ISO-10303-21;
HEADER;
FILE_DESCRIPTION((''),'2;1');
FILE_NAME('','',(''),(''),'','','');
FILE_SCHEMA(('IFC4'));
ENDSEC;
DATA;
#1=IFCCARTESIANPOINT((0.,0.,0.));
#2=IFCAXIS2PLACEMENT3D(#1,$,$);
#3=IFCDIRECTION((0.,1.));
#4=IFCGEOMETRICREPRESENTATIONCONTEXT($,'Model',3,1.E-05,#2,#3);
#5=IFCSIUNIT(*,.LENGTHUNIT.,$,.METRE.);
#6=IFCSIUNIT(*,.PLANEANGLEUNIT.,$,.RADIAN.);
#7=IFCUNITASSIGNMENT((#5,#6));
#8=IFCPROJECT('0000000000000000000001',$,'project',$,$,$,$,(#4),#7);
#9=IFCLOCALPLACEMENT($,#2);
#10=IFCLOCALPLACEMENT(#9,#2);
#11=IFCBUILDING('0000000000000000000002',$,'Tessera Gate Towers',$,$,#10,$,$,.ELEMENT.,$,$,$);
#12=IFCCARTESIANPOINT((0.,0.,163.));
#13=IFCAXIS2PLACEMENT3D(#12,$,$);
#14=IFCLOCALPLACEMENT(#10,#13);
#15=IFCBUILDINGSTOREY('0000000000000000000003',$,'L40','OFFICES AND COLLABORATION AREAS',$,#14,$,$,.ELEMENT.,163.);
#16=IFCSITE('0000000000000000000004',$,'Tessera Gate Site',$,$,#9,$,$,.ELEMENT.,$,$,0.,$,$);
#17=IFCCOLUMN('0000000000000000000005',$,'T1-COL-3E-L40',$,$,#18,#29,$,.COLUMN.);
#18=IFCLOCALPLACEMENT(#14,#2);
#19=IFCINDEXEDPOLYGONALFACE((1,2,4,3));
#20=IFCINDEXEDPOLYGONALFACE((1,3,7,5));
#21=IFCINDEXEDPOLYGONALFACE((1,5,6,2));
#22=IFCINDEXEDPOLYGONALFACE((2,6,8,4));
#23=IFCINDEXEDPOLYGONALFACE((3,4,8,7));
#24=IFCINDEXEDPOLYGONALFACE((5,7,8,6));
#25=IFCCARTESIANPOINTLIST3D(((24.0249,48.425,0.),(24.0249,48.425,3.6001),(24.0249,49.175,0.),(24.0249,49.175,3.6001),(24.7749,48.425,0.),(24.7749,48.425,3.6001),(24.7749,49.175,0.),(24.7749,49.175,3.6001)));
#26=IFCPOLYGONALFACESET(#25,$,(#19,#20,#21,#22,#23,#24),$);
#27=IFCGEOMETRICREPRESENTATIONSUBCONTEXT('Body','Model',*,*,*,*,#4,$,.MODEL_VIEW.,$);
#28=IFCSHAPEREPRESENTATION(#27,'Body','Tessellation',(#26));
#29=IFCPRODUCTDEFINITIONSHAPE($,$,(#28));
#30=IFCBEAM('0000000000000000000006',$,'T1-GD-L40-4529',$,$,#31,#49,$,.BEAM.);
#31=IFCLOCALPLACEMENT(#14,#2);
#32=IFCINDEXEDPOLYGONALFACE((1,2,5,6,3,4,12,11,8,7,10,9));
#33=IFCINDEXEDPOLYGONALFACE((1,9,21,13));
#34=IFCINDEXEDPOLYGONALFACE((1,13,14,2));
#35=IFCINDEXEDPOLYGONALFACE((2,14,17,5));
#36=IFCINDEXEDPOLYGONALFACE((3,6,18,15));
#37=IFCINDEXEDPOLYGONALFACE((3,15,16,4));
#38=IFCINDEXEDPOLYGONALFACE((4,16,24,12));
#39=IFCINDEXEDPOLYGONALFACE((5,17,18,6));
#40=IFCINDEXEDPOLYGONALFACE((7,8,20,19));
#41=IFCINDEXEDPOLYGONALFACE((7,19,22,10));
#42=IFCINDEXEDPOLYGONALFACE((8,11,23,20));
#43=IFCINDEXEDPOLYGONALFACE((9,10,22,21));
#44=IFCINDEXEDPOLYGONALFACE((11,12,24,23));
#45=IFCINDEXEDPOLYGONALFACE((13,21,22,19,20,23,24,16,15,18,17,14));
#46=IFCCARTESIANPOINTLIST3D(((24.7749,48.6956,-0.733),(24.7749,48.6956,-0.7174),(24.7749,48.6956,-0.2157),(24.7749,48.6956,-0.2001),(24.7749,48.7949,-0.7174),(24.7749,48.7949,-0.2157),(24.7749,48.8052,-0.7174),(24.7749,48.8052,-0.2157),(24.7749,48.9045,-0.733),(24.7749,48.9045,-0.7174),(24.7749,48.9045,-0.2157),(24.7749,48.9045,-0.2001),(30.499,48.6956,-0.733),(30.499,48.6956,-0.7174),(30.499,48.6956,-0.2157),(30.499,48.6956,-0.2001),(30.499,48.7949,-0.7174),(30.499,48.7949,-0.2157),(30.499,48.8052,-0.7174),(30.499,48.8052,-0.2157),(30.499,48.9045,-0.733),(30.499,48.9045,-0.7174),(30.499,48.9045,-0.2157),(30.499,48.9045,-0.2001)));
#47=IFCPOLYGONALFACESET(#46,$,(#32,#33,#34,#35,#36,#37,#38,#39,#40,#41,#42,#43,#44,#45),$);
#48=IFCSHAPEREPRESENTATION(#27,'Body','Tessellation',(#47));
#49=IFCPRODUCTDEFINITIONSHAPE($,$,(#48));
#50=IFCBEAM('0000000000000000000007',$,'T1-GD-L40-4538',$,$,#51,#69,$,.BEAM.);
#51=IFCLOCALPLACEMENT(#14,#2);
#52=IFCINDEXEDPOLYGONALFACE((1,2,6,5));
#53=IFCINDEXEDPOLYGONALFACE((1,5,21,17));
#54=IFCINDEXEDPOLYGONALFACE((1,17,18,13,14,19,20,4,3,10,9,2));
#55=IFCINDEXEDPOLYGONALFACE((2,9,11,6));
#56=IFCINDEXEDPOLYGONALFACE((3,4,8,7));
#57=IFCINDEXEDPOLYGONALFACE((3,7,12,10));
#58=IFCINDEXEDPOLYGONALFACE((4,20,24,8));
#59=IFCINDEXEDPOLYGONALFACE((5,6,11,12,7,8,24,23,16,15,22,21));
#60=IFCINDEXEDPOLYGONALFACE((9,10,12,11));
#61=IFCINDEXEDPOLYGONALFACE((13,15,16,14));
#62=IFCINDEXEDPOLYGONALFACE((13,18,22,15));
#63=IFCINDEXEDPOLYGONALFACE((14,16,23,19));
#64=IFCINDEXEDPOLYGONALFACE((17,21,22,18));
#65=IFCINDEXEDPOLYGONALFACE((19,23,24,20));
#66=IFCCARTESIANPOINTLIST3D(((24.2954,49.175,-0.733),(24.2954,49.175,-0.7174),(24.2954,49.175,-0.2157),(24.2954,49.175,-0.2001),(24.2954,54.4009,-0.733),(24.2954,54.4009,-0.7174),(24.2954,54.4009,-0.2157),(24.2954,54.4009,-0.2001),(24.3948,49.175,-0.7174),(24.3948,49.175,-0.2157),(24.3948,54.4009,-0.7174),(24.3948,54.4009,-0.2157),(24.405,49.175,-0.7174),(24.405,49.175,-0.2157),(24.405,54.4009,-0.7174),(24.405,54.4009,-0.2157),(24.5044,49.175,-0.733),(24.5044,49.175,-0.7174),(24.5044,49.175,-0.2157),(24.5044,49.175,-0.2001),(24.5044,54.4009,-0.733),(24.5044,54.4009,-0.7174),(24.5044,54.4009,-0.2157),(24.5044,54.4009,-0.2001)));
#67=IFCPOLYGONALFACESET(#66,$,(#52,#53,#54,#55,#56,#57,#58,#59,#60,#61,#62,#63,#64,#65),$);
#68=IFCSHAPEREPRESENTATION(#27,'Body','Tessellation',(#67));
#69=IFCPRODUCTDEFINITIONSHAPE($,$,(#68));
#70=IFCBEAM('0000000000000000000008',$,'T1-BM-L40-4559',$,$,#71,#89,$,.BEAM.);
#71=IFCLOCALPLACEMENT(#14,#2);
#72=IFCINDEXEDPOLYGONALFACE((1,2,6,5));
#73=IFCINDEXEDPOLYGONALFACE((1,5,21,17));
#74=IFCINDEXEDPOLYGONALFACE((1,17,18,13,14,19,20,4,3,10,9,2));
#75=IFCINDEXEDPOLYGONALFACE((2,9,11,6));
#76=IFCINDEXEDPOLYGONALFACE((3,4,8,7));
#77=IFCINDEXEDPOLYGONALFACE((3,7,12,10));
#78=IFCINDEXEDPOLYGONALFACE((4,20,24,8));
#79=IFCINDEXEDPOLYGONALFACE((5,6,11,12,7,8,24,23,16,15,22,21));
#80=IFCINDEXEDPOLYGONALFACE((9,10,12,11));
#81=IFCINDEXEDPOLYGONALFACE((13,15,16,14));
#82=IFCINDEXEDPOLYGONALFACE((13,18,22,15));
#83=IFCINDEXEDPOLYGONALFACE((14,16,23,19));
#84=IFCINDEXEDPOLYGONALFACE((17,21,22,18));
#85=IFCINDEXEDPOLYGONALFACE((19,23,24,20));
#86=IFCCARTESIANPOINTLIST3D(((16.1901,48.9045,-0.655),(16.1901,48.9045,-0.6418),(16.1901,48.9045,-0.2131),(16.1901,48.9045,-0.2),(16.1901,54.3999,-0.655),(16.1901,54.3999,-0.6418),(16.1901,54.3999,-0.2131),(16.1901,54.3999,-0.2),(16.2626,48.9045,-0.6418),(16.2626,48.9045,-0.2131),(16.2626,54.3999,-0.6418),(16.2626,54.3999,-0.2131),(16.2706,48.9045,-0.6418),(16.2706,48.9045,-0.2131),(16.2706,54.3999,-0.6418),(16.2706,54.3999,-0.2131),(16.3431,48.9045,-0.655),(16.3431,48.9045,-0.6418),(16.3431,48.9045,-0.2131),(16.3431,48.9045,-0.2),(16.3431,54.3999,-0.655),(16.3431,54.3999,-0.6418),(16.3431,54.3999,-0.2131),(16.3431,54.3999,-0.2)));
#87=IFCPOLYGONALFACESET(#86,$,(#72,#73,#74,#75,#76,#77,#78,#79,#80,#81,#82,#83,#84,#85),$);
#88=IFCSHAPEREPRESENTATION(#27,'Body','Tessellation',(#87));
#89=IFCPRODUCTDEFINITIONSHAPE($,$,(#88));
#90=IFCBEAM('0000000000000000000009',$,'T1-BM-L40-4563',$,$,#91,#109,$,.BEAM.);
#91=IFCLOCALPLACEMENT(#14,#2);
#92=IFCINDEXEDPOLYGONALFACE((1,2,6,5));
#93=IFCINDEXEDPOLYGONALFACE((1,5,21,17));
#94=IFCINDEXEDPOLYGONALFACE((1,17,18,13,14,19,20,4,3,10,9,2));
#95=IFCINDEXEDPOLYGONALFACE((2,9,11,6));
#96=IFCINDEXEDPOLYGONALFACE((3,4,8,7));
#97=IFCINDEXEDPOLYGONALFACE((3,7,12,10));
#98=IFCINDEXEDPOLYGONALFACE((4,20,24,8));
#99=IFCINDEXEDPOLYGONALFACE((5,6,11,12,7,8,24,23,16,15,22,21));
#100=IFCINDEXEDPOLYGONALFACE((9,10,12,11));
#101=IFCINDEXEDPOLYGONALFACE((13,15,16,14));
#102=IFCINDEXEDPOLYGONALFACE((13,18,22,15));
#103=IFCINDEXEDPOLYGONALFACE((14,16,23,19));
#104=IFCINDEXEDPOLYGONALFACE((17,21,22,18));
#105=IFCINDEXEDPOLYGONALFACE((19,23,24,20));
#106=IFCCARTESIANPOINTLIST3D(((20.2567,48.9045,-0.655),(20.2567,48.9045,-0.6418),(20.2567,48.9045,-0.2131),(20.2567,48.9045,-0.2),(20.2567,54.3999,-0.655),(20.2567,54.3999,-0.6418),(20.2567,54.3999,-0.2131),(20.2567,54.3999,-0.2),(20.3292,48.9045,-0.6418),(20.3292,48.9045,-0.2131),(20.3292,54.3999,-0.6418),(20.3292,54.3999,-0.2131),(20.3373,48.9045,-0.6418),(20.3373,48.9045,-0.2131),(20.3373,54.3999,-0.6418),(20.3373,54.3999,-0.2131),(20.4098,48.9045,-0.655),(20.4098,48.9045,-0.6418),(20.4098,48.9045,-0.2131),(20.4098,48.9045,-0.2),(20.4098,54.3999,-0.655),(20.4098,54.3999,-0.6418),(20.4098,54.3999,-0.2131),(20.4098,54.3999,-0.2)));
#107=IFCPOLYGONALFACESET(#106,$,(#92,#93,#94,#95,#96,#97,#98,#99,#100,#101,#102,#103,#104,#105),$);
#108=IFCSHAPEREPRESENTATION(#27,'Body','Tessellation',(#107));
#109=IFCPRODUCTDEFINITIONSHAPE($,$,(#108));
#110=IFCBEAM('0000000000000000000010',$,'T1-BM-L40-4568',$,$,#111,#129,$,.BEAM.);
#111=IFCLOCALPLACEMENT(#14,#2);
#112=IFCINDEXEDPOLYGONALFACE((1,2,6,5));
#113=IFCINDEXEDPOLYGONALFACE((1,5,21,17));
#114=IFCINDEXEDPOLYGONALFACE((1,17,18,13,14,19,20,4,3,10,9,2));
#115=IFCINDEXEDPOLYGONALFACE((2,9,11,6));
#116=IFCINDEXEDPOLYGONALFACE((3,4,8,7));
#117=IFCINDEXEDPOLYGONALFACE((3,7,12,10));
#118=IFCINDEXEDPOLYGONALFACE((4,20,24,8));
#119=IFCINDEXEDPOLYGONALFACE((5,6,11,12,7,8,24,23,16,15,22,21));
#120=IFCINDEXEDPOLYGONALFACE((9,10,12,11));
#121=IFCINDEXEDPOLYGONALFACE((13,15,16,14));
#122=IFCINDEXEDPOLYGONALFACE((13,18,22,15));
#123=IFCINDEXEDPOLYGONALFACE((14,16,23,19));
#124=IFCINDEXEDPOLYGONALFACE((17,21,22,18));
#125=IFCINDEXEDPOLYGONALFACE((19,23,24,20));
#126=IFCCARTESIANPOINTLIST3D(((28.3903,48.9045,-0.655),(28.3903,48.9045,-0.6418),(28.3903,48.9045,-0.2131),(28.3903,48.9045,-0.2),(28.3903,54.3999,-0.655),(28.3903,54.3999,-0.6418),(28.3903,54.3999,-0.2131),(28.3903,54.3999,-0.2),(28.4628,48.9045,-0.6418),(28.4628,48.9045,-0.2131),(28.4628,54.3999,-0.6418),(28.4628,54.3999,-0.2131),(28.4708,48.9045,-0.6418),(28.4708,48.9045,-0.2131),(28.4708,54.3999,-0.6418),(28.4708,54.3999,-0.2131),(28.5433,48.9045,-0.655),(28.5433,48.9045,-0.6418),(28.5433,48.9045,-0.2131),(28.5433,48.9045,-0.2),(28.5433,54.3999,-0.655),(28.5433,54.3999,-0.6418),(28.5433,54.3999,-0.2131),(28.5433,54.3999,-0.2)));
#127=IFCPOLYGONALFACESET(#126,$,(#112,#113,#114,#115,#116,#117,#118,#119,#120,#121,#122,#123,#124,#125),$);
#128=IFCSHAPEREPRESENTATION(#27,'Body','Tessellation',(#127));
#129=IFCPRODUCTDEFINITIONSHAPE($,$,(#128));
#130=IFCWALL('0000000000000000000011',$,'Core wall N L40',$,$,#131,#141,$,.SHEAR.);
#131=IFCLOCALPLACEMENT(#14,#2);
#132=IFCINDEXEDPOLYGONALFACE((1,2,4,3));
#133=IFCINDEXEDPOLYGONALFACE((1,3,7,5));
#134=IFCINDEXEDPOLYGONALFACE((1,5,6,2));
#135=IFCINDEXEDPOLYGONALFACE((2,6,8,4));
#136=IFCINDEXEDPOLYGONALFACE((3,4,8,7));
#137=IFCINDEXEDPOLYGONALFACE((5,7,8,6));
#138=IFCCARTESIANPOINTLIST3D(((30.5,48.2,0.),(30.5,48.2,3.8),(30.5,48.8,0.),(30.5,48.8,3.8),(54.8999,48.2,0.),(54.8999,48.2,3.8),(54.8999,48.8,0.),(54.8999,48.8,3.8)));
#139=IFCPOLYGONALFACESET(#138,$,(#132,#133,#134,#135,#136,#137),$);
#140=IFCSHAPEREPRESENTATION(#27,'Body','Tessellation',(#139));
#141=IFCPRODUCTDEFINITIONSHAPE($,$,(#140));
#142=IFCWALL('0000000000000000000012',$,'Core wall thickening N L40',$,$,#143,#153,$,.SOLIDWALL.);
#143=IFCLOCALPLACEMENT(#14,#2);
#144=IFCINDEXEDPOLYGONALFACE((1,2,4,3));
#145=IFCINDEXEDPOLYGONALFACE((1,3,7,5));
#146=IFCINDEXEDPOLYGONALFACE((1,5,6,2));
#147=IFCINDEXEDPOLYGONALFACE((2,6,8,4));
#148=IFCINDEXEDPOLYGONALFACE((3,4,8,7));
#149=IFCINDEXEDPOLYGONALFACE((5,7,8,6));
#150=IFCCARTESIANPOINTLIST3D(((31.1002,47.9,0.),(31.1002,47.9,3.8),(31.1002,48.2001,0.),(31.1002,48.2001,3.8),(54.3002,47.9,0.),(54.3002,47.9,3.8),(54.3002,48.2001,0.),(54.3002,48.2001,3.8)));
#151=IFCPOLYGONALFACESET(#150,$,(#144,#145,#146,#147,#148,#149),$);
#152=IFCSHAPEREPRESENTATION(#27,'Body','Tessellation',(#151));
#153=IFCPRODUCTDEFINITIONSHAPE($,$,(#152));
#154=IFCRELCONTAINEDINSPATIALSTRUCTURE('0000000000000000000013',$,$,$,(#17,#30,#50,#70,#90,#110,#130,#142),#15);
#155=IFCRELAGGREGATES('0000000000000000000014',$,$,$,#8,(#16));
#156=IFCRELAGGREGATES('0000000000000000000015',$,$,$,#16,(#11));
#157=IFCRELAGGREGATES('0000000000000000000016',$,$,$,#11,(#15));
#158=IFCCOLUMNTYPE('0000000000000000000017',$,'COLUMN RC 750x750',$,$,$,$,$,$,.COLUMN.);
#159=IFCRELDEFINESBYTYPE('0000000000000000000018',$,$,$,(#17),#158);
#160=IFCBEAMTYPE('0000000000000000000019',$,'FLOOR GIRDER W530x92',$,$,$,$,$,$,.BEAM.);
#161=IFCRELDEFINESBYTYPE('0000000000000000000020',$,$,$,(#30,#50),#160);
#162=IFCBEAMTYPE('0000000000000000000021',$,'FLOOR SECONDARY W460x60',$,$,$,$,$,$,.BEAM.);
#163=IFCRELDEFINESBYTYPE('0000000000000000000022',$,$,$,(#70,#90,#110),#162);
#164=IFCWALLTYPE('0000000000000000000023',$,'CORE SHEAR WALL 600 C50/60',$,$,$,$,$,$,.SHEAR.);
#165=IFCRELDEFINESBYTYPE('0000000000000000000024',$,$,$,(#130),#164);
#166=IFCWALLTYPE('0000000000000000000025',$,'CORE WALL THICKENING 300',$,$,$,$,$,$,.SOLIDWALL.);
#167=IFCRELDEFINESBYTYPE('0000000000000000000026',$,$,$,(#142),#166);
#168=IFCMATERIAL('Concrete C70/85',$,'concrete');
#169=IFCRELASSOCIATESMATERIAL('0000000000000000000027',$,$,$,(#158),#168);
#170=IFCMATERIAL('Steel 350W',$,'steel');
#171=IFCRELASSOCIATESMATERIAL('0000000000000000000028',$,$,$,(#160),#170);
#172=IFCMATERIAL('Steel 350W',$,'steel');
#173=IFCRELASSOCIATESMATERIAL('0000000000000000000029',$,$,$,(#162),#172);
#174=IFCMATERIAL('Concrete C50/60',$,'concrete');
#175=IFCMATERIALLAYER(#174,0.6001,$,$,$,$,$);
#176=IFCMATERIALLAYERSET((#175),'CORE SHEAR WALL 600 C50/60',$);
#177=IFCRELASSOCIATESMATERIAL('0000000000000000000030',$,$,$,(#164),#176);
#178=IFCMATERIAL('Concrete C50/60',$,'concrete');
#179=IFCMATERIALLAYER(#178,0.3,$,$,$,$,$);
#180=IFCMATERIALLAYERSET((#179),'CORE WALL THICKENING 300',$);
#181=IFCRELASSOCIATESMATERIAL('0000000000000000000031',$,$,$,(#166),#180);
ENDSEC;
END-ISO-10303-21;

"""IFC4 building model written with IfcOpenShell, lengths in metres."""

from ifc_helpers import new_model, si_unit, direction, frame, frame_2d, origin, origin_2d, place, context, subcontext, project, spatial, rectangle, i_section, extrude, material, layer, layer_set, material_profile, profile_set, type_object, element, save


model = new_model("IFC4")

# Units and contexts
model_context = context("Model", 3, precision=1e-05, world=origin(), true_north=direction((0.0, 1.0)))
body_context = subcontext(model_context, "Body", "Model", "MODEL_VIEW")
ifc_project = project(units=[si_unit("LENGTHUNIT", "METRE"), si_unit("PLANEANGLEUNIT", "RADIAN")], contexts=[model_context])

# Site, building, storey
site_placement = place(None, origin())
site = spatial("IfcSite", under=ifc_project, at=site_placement, Name="Tessera Gate Site", CompositionType="ELEMENT", RefElevation=0.0)
building_placement = place(site_placement, origin())
building = spatial("IfcBuilding", under=site, at=building_placement, Name="Tessera Gate Towers", CompositionType="ELEMENT")
storey_placement = place(building_placement, frame((0.0, 0.0, 163.0)))
storey = spatial("IfcBuildingStorey", under=building, at=storey_placement, Name="L40", Description="OFFICES AND COLLABORATION AREAS", CompositionType="ELEMENT", Elevation=163.0)

# Column
ifc_material_1 = material(Name="Concrete C70/85", Category="concrete")
ifc_material_profile_1 = material_profile(ifc_material_1, rectangle(XDim=0.75, YDim=0.75, at=origin_2d()), Name="RC 750x750")
ifc_profile_set_1 = profile_set([ifc_material_profile_1], Name="Concrete C70/85")
column_type = type_object("IfcColumnType", Name="COLUMN RC 750x750", PredefinedType="COLUMN", material=ifc_profile_set_1)
column_placement = place(storey_placement, frame((24.3999, 48.8, 0.0), z_axis=(0.0, 0.0, 1.0), x_axis=(1.0, 0.0, 0.0)))
element("IfcColumn", 1, at=column_placement, inside=storey, type_object=column_type, Name="T1-COL-3E-L40", PredefinedType="COLUMN", context=body_context, shape_type="SweptSolid", body=[
    extrude(rectangle(XDim=0.75, YDim=0.75, at=origin_2d()), origin(), (0.0, 0.0, 1.0), 3.6001),
])

# Beams
ifc_material_2 = material(Name="Steel 350W", Category="steel")
ifc_material_profile_2 = material_profile(ifc_material_2, i_section(OverallWidth=0.209, OverallDepth=0.533, WebThickness=0.0103, FlangeThickness=0.0156, at=origin_2d()), Name="W530x92")
ifc_profile_set_2 = profile_set([ifc_material_profile_2], Name="Steel 350W")
beam_type_1 = type_object("IfcBeamType", Name="FLOOR GIRDER W530x92", PredefinedType="BEAM", material=ifc_profile_set_2)
beam_1_placement = place(storey_placement, frame((24.7749, 48.8, -0.4666), z_axis=(1.0, 0.0, 0.0), x_axis=(0.0, 1.0, 0.0)))
element("IfcBeam", 2, at=beam_1_placement, inside=storey, type_object=beam_type_1, Name="T1-GD-L40-4529", PredefinedType="BEAM", context=body_context, shape_type="SweptSolid", body=[
    extrude(i_section(OverallWidth=0.209, OverallDepth=0.533, WebThickness=0.0103, FlangeThickness=0.0156, at=origin_2d()), origin(), (0.0, 0.0, 1.0), 5.7241),
])
beam_2_placement = place(storey_placement, frame((24.3999, 49.175, -0.4666), z_axis=(0.0, 1.0, 0.0), x_axis=(-1.0, 0.0, 0.0)))
element("IfcBeam", 3, at=beam_2_placement, inside=storey, type_object=beam_type_1, Name="T1-GD-L40-4538", PredefinedType="BEAM", context=body_context, shape_type="SweptSolid", body=[
    extrude(i_section(OverallWidth=0.209, OverallDepth=0.533, WebThickness=0.0103, FlangeThickness=0.0156, at=origin_2d()), origin(), (0.0, 0.0, 1.0), 5.2258),
])
ifc_material_3 = material(Name="Steel 350W", Category="steel")
ifc_material_profile_3 = material_profile(ifc_material_3, i_section(OverallWidth=0.1531, OverallDepth=0.4551, WebThickness=0.0081, FlangeThickness=0.0132, at=origin_2d()), Name="W460x60")
ifc_profile_set_3 = profile_set([ifc_material_profile_3], Name="Steel 350W")
beam_type_2 = type_object("IfcBeamType", Name="FLOOR SECONDARY W460x60", PredefinedType="BEAM", material=ifc_profile_set_3)
for number, where, z_axis, x_axis, name in (
    (4, (16.2666, 48.9045, -0.4275), (0.0, 1.0, 0.0), (-1.0, 0.0, 0.0), "T1-BM-L40-4559"),
    (5, (20.3333, 48.9045, -0.4275), (0.0, 1.0, 0.0), (-1.0, 0.0, 0.0), "T1-BM-L40-4563"),
    (6, (28.4668, 48.9045, -0.4275), (0.0, 1.0, 0.0), (-1.0, 0.0, 0.0), "T1-BM-L40-4568"),
):
    element("IfcBeam", number, at=place(storey_placement, frame(where, z_axis=z_axis, x_axis=x_axis)), inside=storey, type_object=beam_type_2, Name=name, PredefinedType="BEAM", context=body_context, shape_type="SweptSolid", body=[
        extrude(i_section(OverallWidth=0.1531, OverallDepth=0.4551, WebThickness=0.0081, FlangeThickness=0.0132, at=origin_2d()), origin(), (0.0, 0.0, 1.0), 5.4954),
    ])

# Walls
ifc_material_4 = material(Name="Concrete C50/60", Category="concrete")
ifc_layer_1 = layer(ifc_material_4, 0.6001)
ifc_layer_set_1 = layer_set([ifc_layer_1], Name="CORE SHEAR WALL 600 C50/60")
wall_type_1 = type_object("IfcWallType", Name="CORE SHEAR WALL 600 C50/60", PredefinedType="SHEAR", material=ifc_layer_set_1)
wall_1_placement = place(storey_placement, frame((30.5, 48.5, 0.0), z_axis=(0.0, 0.0, 1.0), x_axis=(1.0, 0.0, 0.0)))
element("IfcWall", 7, at=wall_1_placement, inside=storey, type_object=wall_type_1, Name="Core wall N L40", PredefinedType="SHEAR", context=body_context, shape_type="SweptSolid", body=[
    extrude(rectangle(XDim=24.3999, YDim=0.6001, at=frame_2d((12.2, 0.0))), origin(), (0.0, 0.0, 1.0), 3.8),
])
ifc_material_5 = material(Name="Concrete C50/60", Category="concrete")
ifc_layer_2 = layer(ifc_material_5, 0.3)
ifc_layer_set_2 = layer_set([ifc_layer_2], Name="CORE WALL THICKENING 300")
wall_type_2 = type_object("IfcWallType", Name="CORE WALL THICKENING 300", PredefinedType="SOLIDWALL", material=ifc_layer_set_2)
wall_2_placement = place(storey_placement, frame((31.1001, 48.05, 0.0), z_axis=(0.0, 0.0, 1.0), x_axis=(1.0, 0.0, 0.0)))
element("IfcWall", 8, at=wall_2_placement, inside=storey, type_object=wall_type_2, Name="Core wall thickening N L40", PredefinedType="SOLIDWALL", context=body_context, shape_type="SweptSolid", body=[
    extrude(rectangle(XDim=23.2, YDim=0.3, at=frame_2d((11.6001, 0.0))), origin(), (0.0, 0.0, 1.0), 3.8),
])

save(model, "model.ifc")
